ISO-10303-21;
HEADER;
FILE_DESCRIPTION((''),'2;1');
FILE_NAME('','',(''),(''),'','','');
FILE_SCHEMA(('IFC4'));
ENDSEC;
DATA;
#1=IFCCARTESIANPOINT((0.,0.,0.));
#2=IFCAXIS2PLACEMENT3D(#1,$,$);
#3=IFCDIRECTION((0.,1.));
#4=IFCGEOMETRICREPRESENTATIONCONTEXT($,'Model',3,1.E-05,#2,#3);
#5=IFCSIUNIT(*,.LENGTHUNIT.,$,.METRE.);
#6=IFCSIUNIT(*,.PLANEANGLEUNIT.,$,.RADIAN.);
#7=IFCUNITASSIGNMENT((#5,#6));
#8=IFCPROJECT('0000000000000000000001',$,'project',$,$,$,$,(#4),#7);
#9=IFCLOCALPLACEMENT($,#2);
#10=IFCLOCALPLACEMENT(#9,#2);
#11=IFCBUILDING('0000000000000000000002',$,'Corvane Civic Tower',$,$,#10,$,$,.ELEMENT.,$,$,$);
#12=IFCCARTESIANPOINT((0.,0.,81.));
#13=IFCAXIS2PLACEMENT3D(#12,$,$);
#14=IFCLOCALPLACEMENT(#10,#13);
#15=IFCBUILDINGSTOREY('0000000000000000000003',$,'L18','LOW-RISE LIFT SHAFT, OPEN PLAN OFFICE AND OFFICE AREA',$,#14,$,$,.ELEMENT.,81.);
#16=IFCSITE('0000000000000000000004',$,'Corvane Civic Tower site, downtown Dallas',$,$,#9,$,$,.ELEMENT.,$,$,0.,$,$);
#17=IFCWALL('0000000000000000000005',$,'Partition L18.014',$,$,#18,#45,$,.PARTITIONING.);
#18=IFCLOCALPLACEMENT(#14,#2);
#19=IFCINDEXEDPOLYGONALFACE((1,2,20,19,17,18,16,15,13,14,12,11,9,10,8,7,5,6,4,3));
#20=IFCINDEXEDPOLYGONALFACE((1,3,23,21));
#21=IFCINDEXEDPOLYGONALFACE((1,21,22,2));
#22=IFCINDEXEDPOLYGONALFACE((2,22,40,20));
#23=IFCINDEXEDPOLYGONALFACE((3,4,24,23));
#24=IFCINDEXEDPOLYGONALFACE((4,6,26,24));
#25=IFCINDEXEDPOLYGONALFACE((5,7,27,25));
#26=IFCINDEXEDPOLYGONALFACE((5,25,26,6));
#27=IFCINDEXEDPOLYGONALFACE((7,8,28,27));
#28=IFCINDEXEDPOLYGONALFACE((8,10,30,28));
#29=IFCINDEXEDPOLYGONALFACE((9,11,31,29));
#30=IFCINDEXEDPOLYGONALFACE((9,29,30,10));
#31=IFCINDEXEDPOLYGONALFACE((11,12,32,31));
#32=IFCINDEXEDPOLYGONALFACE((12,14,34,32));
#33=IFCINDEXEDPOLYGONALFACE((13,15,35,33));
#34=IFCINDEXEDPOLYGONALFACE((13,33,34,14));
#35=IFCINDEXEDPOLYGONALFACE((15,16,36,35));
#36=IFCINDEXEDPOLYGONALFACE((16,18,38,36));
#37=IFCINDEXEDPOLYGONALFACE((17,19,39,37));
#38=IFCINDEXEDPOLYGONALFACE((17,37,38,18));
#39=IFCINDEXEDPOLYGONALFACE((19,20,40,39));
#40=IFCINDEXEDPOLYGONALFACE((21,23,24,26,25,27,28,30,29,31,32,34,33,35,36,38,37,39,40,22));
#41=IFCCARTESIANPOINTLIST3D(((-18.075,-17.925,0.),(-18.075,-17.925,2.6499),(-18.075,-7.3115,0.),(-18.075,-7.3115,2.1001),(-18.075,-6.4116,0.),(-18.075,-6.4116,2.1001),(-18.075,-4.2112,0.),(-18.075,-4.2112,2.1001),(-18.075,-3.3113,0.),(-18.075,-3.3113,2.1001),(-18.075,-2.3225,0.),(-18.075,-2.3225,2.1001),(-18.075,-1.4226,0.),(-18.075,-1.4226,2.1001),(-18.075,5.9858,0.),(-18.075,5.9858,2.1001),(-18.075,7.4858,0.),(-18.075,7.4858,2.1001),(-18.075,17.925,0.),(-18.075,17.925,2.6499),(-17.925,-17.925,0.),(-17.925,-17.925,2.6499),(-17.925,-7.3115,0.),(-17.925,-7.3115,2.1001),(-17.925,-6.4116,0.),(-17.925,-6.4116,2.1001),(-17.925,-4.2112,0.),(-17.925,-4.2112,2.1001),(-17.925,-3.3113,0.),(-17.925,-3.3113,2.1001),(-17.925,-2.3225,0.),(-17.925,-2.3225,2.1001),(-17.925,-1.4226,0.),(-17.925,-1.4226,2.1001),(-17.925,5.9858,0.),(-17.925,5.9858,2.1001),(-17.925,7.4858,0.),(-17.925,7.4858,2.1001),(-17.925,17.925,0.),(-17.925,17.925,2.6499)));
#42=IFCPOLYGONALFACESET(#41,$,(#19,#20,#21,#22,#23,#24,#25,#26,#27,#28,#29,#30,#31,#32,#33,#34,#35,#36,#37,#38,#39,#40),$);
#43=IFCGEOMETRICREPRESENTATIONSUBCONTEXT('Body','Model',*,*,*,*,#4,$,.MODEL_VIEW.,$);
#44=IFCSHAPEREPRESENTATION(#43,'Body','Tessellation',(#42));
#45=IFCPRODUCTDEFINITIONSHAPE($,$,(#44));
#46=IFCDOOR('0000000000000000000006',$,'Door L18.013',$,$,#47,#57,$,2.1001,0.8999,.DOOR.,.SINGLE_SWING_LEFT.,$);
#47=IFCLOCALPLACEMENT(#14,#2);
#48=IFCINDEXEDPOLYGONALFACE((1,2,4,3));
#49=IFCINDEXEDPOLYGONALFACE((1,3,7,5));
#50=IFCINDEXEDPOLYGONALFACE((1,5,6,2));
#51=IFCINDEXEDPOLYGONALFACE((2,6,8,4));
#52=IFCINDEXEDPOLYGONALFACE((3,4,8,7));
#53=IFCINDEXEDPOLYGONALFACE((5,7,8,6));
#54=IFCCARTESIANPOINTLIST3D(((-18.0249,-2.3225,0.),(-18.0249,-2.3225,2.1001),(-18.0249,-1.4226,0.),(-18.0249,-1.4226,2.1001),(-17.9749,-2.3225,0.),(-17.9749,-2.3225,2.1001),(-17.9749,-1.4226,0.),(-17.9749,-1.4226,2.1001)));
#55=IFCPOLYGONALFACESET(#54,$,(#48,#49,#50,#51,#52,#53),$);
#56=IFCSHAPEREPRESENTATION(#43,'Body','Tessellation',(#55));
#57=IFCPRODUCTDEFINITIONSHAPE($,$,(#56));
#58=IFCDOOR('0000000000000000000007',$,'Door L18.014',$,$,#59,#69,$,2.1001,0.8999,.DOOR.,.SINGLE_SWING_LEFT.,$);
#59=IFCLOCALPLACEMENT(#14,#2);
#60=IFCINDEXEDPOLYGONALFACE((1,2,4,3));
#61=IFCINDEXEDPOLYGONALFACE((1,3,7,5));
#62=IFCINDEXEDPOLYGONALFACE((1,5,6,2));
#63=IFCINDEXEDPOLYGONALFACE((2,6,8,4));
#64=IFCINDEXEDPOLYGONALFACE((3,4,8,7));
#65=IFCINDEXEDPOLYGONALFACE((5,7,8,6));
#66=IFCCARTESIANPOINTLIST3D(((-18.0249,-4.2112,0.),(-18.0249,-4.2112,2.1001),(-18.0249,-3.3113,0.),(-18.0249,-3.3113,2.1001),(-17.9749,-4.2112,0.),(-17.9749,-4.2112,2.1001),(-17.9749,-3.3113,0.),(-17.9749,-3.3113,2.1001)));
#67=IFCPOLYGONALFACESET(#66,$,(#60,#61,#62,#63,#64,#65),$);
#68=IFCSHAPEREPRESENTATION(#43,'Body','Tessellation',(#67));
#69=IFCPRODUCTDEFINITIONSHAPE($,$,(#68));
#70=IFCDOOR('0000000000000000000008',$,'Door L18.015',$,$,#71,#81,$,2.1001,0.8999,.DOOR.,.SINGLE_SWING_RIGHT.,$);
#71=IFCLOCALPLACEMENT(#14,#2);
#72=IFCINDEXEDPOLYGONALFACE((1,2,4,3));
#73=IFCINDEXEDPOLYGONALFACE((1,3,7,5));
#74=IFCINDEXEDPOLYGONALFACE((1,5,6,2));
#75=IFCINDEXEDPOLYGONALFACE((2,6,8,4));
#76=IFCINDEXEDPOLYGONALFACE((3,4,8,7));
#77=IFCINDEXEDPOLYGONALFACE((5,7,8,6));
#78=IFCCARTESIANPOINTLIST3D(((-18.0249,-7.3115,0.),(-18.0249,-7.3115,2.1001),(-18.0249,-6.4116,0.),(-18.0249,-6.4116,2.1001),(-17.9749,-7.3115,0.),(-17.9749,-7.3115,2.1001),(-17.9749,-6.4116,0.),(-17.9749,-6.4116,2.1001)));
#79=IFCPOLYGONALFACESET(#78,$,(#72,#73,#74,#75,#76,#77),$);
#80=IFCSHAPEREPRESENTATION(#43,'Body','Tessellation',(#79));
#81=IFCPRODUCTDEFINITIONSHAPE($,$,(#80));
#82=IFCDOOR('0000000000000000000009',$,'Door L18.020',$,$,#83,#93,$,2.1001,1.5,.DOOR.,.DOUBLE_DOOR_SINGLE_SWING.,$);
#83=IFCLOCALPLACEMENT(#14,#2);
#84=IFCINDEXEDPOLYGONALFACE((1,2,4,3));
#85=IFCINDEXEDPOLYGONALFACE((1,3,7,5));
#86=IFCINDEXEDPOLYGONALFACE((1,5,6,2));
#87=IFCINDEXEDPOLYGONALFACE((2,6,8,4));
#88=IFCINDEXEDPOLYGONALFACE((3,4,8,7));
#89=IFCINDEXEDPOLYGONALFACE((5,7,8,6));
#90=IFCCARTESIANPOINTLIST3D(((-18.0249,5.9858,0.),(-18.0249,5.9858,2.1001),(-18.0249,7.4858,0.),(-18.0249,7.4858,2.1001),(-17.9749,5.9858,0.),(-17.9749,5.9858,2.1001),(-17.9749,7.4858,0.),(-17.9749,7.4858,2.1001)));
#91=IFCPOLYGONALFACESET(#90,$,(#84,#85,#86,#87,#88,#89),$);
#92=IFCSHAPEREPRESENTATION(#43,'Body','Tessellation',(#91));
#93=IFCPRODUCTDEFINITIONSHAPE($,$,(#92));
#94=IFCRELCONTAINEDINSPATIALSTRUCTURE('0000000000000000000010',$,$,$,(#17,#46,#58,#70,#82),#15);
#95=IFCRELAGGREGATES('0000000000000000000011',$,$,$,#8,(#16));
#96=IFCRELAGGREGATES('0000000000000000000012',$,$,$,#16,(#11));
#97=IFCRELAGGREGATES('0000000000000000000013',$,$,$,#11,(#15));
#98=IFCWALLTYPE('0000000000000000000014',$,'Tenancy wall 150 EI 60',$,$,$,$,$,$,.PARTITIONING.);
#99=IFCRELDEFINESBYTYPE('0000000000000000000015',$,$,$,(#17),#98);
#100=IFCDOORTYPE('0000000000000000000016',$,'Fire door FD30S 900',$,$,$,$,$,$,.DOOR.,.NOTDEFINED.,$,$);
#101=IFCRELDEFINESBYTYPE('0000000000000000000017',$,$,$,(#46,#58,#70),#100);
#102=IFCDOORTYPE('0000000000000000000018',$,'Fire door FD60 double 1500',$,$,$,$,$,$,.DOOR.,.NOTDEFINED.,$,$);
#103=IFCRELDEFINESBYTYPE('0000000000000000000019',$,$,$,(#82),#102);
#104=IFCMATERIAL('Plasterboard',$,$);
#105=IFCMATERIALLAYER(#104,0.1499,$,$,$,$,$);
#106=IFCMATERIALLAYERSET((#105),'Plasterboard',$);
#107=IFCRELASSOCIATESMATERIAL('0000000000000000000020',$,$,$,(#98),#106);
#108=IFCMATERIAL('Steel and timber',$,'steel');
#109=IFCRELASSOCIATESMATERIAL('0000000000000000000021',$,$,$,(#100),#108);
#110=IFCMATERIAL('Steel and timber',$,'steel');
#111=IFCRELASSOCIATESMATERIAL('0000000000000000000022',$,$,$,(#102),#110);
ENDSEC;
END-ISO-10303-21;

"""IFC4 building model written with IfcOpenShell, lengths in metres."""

from ifc_helpers import new_model, si_unit, direction, frame, frame_2d, origin, place, context, subcontext, project, spatial, rectangle, extrude, material, layer, layer_set, type_object, element, fill, save


model = new_model("IFC4")

# Units and contexts
model_context = context("Model", 3, precision=1e-05, world=origin(), true_north=direction((0.0, 1.0)))
body_context = subcontext(model_context, "Body", "Model", "MODEL_VIEW")
ifc_project = project(units=[si_unit("LENGTHUNIT", "METRE"), si_unit("PLANEANGLEUNIT", "RADIAN")], contexts=[model_context])

# Site, building, storey
site_placement = place(None, origin())
site = spatial("IfcSite", under=ifc_project, at=site_placement, Name="Corvane Civic Tower site, downtown Dallas", CompositionType="ELEMENT", RefElevation=0.0)
building_placement = place(site_placement, origin())
building = spatial("IfcBuilding", under=site, at=building_placement, Name="Corvane Civic Tower", CompositionType="ELEMENT")
storey_placement = place(building_placement, frame((0.0, 0.0, 81.0)))
storey = spatial("IfcBuildingStorey", under=building, at=storey_placement, Name="L18", Description="LOW-RISE LIFT SHAFT, OPEN PLAN OFFICE AND OFFICE AREA", CompositionType="ELEMENT", Elevation=81.0)

# Wall, openings, doors
ifc_material_1 = material(Name="Plasterboard")
ifc_layer_1 = layer(ifc_material_1, 0.1499)
ifc_layer_set_1 = layer_set([ifc_layer_1], Name="Plasterboard")
wall_type_1 = type_object("IfcWallType", Name="Tenancy wall 150 EI 60", PredefinedType="PARTITIONING", material=ifc_layer_set_1)
wall_1_placement = place(storey_placement, frame((-18.0, -17.925, 0.0), z_axis=(0.0, 0.0, 1.0), x_axis=(0.0, 1.0, 0.0)))
wall_1 = element("IfcWall", 1, at=wall_1_placement, inside=storey, type_object=wall_type_1, Name="Partition L18.014", PredefinedType="PARTITIONING", context=body_context, shape_type="SweptSolid", body=[
    extrude(rectangle(XDim=35.8501, YDim=0.1499, at=frame_2d((17.925, 0.0))), origin(), (0.0, 0.0, 1.0), 2.6499),
])
opening_1_placement = place(wall_1_placement, frame((15.6025, 0.0, 0.0)))
opening_1 = element("IfcOpeningElement", 2, at=opening_1_placement, cuts=wall_1, PredefinedType="OPENING", context=body_context, shape_type="SweptSolid", body=[
    extrude(rectangle(XDim=0.8999, YDim=2.1001, at=frame_2d((0.45, 1.05))), frame((0.0, 0.085, 0.0), z_axis=(0.0, -1.0, 0.0), x_axis=(1.0, 0.0, 0.0)), (0.0, 0.0, 1.0), 0.1699),
])
opening_2_placement = place(wall_1_placement, frame((13.7139, 0.0, 0.0)))
opening_2 = element("IfcOpeningElement", 3, at=opening_2_placement, cuts=wall_1, PredefinedType="OPENING", context=body_context, shape_type="SweptSolid", body=[
    extrude(rectangle(XDim=0.8999, YDim=2.1001, at=frame_2d((0.45, 1.05))), frame((0.0, 0.085, 0.0), z_axis=(0.0, -1.0, 0.0), x_axis=(1.0, 0.0, 0.0)), (0.0, 0.0, 1.0), 0.1699),
])
opening_3_placement = place(wall_1_placement, frame((10.6135, 0.0, 0.0)))
opening_3 = element("IfcOpeningElement", 4, at=opening_3_placement, cuts=wall_1, PredefinedType="OPENING", context=body_context, shape_type="SweptSolid", body=[
    extrude(rectangle(XDim=0.8999, YDim=2.1001, at=frame_2d((0.45, 1.05))), frame((0.0, 0.085, 0.0), z_axis=(0.0, -1.0, 0.0), x_axis=(1.0, 0.0, 0.0)), (0.0, 0.0, 1.0), 0.1699),
])
opening_4_placement = place(wall_1_placement, frame((23.9109, 0.0, 0.0)))
opening_4 = element("IfcOpeningElement", 5, at=opening_4_placement, cuts=wall_1, PredefinedType="OPENING", context=body_context, shape_type="SweptSolid", body=[
    extrude(rectangle(XDim=1.5, YDim=2.1001, at=frame_2d((0.75, 1.05))), frame((0.0, 0.085, 0.0), z_axis=(0.0, -1.0, 0.0), x_axis=(1.0, 0.0, 0.0)), (0.0, 0.0, 1.0), 0.1699),
])
ifc_material_2 = material(Name="Steel and timber", Category="steel")
door_type_1 = type_object("IfcDoorType", Name="Fire door FD30S 900", OperationType="NOTDEFINED", PredefinedType="DOOR", material=ifc_material_2)
door_1_placement = place(opening_1_placement, origin())
door_1 = element("IfcDoor", 6, at=door_1_placement, inside=storey, type_object=door_type_1, Name="Door L18.013", OperationType="SINGLE_SWING_LEFT", OverallHeight=2.1001, OverallWidth=0.8999, PredefinedType="DOOR", context=body_context, shape_type="SweptSolid", body=[
    extrude(rectangle(XDim=0.8999, YDim=2.1001, at=frame_2d((0.45, 1.05))), frame((0.0, 0.0249, 0.0), z_axis=(0.0, -1.0, 0.0), x_axis=(1.0, 0.0, 0.0)), (0.0, 0.0, 1.0), 0.05),
])
fill(opening_1, door_1)
door_2_placement = place(opening_2_placement, origin())
door_2 = element("IfcDoor", 7, at=door_2_placement, inside=storey, type_object=door_type_1, Name="Door L18.014", OperationType="SINGLE_SWING_LEFT", OverallHeight=2.1001, OverallWidth=0.8999, PredefinedType="DOOR", context=body_context, shape_type="SweptSolid", body=[
    extrude(rectangle(XDim=0.8999, YDim=2.1001, at=frame_2d((0.45, 1.05))), frame((0.0, 0.0249, 0.0), z_axis=(0.0, -1.0, 0.0), x_axis=(1.0, 0.0, 0.0)), (0.0, 0.0, 1.0), 0.05),
])
fill(opening_2, door_2)
door_3_placement = place(opening_3_placement, origin())
door_3 = element("IfcDoor", 8, at=door_3_placement, inside=storey, type_object=door_type_1, Name="Door L18.015", OperationType="SINGLE_SWING_RIGHT", OverallHeight=2.1001, OverallWidth=0.8999, PredefinedType="DOOR", context=body_context, shape_type="SweptSolid", body=[
    extrude(rectangle(XDim=0.8999, YDim=2.1001, at=frame_2d((0.45, 1.05))), frame((0.0, 0.0249, 0.0), z_axis=(0.0, -1.0, 0.0), x_axis=(1.0, 0.0, 0.0)), (0.0, 0.0, 1.0), 0.05),
])
fill(opening_3, door_3)
ifc_material_3 = material(Name="Steel and timber", Category="steel")
door_type_2 = type_object("IfcDoorType", Name="Fire door FD60 double 1500", OperationType="NOTDEFINED", PredefinedType="DOOR", material=ifc_material_3)
door_4_placement = place(opening_4_placement, origin())
door_4 = element("IfcDoor", 9, at=door_4_placement, inside=storey, type_object=door_type_2, Name="Door L18.020", OperationType="DOUBLE_DOOR_SINGLE_SWING", OverallHeight=2.1001, OverallWidth=1.5, PredefinedType="DOOR", context=body_context, shape_type="SweptSolid", body=[
    extrude(rectangle(XDim=1.5, YDim=2.1001, at=frame_2d((0.75, 1.05))), frame((0.0, 0.0249, 0.0), z_axis=(0.0, -1.0, 0.0), x_axis=(1.0, 0.0, 0.0)), (0.0, 0.0, 1.0), 0.05),
])
fill(opening_4, door_4)

save(model, "model.ifc")
